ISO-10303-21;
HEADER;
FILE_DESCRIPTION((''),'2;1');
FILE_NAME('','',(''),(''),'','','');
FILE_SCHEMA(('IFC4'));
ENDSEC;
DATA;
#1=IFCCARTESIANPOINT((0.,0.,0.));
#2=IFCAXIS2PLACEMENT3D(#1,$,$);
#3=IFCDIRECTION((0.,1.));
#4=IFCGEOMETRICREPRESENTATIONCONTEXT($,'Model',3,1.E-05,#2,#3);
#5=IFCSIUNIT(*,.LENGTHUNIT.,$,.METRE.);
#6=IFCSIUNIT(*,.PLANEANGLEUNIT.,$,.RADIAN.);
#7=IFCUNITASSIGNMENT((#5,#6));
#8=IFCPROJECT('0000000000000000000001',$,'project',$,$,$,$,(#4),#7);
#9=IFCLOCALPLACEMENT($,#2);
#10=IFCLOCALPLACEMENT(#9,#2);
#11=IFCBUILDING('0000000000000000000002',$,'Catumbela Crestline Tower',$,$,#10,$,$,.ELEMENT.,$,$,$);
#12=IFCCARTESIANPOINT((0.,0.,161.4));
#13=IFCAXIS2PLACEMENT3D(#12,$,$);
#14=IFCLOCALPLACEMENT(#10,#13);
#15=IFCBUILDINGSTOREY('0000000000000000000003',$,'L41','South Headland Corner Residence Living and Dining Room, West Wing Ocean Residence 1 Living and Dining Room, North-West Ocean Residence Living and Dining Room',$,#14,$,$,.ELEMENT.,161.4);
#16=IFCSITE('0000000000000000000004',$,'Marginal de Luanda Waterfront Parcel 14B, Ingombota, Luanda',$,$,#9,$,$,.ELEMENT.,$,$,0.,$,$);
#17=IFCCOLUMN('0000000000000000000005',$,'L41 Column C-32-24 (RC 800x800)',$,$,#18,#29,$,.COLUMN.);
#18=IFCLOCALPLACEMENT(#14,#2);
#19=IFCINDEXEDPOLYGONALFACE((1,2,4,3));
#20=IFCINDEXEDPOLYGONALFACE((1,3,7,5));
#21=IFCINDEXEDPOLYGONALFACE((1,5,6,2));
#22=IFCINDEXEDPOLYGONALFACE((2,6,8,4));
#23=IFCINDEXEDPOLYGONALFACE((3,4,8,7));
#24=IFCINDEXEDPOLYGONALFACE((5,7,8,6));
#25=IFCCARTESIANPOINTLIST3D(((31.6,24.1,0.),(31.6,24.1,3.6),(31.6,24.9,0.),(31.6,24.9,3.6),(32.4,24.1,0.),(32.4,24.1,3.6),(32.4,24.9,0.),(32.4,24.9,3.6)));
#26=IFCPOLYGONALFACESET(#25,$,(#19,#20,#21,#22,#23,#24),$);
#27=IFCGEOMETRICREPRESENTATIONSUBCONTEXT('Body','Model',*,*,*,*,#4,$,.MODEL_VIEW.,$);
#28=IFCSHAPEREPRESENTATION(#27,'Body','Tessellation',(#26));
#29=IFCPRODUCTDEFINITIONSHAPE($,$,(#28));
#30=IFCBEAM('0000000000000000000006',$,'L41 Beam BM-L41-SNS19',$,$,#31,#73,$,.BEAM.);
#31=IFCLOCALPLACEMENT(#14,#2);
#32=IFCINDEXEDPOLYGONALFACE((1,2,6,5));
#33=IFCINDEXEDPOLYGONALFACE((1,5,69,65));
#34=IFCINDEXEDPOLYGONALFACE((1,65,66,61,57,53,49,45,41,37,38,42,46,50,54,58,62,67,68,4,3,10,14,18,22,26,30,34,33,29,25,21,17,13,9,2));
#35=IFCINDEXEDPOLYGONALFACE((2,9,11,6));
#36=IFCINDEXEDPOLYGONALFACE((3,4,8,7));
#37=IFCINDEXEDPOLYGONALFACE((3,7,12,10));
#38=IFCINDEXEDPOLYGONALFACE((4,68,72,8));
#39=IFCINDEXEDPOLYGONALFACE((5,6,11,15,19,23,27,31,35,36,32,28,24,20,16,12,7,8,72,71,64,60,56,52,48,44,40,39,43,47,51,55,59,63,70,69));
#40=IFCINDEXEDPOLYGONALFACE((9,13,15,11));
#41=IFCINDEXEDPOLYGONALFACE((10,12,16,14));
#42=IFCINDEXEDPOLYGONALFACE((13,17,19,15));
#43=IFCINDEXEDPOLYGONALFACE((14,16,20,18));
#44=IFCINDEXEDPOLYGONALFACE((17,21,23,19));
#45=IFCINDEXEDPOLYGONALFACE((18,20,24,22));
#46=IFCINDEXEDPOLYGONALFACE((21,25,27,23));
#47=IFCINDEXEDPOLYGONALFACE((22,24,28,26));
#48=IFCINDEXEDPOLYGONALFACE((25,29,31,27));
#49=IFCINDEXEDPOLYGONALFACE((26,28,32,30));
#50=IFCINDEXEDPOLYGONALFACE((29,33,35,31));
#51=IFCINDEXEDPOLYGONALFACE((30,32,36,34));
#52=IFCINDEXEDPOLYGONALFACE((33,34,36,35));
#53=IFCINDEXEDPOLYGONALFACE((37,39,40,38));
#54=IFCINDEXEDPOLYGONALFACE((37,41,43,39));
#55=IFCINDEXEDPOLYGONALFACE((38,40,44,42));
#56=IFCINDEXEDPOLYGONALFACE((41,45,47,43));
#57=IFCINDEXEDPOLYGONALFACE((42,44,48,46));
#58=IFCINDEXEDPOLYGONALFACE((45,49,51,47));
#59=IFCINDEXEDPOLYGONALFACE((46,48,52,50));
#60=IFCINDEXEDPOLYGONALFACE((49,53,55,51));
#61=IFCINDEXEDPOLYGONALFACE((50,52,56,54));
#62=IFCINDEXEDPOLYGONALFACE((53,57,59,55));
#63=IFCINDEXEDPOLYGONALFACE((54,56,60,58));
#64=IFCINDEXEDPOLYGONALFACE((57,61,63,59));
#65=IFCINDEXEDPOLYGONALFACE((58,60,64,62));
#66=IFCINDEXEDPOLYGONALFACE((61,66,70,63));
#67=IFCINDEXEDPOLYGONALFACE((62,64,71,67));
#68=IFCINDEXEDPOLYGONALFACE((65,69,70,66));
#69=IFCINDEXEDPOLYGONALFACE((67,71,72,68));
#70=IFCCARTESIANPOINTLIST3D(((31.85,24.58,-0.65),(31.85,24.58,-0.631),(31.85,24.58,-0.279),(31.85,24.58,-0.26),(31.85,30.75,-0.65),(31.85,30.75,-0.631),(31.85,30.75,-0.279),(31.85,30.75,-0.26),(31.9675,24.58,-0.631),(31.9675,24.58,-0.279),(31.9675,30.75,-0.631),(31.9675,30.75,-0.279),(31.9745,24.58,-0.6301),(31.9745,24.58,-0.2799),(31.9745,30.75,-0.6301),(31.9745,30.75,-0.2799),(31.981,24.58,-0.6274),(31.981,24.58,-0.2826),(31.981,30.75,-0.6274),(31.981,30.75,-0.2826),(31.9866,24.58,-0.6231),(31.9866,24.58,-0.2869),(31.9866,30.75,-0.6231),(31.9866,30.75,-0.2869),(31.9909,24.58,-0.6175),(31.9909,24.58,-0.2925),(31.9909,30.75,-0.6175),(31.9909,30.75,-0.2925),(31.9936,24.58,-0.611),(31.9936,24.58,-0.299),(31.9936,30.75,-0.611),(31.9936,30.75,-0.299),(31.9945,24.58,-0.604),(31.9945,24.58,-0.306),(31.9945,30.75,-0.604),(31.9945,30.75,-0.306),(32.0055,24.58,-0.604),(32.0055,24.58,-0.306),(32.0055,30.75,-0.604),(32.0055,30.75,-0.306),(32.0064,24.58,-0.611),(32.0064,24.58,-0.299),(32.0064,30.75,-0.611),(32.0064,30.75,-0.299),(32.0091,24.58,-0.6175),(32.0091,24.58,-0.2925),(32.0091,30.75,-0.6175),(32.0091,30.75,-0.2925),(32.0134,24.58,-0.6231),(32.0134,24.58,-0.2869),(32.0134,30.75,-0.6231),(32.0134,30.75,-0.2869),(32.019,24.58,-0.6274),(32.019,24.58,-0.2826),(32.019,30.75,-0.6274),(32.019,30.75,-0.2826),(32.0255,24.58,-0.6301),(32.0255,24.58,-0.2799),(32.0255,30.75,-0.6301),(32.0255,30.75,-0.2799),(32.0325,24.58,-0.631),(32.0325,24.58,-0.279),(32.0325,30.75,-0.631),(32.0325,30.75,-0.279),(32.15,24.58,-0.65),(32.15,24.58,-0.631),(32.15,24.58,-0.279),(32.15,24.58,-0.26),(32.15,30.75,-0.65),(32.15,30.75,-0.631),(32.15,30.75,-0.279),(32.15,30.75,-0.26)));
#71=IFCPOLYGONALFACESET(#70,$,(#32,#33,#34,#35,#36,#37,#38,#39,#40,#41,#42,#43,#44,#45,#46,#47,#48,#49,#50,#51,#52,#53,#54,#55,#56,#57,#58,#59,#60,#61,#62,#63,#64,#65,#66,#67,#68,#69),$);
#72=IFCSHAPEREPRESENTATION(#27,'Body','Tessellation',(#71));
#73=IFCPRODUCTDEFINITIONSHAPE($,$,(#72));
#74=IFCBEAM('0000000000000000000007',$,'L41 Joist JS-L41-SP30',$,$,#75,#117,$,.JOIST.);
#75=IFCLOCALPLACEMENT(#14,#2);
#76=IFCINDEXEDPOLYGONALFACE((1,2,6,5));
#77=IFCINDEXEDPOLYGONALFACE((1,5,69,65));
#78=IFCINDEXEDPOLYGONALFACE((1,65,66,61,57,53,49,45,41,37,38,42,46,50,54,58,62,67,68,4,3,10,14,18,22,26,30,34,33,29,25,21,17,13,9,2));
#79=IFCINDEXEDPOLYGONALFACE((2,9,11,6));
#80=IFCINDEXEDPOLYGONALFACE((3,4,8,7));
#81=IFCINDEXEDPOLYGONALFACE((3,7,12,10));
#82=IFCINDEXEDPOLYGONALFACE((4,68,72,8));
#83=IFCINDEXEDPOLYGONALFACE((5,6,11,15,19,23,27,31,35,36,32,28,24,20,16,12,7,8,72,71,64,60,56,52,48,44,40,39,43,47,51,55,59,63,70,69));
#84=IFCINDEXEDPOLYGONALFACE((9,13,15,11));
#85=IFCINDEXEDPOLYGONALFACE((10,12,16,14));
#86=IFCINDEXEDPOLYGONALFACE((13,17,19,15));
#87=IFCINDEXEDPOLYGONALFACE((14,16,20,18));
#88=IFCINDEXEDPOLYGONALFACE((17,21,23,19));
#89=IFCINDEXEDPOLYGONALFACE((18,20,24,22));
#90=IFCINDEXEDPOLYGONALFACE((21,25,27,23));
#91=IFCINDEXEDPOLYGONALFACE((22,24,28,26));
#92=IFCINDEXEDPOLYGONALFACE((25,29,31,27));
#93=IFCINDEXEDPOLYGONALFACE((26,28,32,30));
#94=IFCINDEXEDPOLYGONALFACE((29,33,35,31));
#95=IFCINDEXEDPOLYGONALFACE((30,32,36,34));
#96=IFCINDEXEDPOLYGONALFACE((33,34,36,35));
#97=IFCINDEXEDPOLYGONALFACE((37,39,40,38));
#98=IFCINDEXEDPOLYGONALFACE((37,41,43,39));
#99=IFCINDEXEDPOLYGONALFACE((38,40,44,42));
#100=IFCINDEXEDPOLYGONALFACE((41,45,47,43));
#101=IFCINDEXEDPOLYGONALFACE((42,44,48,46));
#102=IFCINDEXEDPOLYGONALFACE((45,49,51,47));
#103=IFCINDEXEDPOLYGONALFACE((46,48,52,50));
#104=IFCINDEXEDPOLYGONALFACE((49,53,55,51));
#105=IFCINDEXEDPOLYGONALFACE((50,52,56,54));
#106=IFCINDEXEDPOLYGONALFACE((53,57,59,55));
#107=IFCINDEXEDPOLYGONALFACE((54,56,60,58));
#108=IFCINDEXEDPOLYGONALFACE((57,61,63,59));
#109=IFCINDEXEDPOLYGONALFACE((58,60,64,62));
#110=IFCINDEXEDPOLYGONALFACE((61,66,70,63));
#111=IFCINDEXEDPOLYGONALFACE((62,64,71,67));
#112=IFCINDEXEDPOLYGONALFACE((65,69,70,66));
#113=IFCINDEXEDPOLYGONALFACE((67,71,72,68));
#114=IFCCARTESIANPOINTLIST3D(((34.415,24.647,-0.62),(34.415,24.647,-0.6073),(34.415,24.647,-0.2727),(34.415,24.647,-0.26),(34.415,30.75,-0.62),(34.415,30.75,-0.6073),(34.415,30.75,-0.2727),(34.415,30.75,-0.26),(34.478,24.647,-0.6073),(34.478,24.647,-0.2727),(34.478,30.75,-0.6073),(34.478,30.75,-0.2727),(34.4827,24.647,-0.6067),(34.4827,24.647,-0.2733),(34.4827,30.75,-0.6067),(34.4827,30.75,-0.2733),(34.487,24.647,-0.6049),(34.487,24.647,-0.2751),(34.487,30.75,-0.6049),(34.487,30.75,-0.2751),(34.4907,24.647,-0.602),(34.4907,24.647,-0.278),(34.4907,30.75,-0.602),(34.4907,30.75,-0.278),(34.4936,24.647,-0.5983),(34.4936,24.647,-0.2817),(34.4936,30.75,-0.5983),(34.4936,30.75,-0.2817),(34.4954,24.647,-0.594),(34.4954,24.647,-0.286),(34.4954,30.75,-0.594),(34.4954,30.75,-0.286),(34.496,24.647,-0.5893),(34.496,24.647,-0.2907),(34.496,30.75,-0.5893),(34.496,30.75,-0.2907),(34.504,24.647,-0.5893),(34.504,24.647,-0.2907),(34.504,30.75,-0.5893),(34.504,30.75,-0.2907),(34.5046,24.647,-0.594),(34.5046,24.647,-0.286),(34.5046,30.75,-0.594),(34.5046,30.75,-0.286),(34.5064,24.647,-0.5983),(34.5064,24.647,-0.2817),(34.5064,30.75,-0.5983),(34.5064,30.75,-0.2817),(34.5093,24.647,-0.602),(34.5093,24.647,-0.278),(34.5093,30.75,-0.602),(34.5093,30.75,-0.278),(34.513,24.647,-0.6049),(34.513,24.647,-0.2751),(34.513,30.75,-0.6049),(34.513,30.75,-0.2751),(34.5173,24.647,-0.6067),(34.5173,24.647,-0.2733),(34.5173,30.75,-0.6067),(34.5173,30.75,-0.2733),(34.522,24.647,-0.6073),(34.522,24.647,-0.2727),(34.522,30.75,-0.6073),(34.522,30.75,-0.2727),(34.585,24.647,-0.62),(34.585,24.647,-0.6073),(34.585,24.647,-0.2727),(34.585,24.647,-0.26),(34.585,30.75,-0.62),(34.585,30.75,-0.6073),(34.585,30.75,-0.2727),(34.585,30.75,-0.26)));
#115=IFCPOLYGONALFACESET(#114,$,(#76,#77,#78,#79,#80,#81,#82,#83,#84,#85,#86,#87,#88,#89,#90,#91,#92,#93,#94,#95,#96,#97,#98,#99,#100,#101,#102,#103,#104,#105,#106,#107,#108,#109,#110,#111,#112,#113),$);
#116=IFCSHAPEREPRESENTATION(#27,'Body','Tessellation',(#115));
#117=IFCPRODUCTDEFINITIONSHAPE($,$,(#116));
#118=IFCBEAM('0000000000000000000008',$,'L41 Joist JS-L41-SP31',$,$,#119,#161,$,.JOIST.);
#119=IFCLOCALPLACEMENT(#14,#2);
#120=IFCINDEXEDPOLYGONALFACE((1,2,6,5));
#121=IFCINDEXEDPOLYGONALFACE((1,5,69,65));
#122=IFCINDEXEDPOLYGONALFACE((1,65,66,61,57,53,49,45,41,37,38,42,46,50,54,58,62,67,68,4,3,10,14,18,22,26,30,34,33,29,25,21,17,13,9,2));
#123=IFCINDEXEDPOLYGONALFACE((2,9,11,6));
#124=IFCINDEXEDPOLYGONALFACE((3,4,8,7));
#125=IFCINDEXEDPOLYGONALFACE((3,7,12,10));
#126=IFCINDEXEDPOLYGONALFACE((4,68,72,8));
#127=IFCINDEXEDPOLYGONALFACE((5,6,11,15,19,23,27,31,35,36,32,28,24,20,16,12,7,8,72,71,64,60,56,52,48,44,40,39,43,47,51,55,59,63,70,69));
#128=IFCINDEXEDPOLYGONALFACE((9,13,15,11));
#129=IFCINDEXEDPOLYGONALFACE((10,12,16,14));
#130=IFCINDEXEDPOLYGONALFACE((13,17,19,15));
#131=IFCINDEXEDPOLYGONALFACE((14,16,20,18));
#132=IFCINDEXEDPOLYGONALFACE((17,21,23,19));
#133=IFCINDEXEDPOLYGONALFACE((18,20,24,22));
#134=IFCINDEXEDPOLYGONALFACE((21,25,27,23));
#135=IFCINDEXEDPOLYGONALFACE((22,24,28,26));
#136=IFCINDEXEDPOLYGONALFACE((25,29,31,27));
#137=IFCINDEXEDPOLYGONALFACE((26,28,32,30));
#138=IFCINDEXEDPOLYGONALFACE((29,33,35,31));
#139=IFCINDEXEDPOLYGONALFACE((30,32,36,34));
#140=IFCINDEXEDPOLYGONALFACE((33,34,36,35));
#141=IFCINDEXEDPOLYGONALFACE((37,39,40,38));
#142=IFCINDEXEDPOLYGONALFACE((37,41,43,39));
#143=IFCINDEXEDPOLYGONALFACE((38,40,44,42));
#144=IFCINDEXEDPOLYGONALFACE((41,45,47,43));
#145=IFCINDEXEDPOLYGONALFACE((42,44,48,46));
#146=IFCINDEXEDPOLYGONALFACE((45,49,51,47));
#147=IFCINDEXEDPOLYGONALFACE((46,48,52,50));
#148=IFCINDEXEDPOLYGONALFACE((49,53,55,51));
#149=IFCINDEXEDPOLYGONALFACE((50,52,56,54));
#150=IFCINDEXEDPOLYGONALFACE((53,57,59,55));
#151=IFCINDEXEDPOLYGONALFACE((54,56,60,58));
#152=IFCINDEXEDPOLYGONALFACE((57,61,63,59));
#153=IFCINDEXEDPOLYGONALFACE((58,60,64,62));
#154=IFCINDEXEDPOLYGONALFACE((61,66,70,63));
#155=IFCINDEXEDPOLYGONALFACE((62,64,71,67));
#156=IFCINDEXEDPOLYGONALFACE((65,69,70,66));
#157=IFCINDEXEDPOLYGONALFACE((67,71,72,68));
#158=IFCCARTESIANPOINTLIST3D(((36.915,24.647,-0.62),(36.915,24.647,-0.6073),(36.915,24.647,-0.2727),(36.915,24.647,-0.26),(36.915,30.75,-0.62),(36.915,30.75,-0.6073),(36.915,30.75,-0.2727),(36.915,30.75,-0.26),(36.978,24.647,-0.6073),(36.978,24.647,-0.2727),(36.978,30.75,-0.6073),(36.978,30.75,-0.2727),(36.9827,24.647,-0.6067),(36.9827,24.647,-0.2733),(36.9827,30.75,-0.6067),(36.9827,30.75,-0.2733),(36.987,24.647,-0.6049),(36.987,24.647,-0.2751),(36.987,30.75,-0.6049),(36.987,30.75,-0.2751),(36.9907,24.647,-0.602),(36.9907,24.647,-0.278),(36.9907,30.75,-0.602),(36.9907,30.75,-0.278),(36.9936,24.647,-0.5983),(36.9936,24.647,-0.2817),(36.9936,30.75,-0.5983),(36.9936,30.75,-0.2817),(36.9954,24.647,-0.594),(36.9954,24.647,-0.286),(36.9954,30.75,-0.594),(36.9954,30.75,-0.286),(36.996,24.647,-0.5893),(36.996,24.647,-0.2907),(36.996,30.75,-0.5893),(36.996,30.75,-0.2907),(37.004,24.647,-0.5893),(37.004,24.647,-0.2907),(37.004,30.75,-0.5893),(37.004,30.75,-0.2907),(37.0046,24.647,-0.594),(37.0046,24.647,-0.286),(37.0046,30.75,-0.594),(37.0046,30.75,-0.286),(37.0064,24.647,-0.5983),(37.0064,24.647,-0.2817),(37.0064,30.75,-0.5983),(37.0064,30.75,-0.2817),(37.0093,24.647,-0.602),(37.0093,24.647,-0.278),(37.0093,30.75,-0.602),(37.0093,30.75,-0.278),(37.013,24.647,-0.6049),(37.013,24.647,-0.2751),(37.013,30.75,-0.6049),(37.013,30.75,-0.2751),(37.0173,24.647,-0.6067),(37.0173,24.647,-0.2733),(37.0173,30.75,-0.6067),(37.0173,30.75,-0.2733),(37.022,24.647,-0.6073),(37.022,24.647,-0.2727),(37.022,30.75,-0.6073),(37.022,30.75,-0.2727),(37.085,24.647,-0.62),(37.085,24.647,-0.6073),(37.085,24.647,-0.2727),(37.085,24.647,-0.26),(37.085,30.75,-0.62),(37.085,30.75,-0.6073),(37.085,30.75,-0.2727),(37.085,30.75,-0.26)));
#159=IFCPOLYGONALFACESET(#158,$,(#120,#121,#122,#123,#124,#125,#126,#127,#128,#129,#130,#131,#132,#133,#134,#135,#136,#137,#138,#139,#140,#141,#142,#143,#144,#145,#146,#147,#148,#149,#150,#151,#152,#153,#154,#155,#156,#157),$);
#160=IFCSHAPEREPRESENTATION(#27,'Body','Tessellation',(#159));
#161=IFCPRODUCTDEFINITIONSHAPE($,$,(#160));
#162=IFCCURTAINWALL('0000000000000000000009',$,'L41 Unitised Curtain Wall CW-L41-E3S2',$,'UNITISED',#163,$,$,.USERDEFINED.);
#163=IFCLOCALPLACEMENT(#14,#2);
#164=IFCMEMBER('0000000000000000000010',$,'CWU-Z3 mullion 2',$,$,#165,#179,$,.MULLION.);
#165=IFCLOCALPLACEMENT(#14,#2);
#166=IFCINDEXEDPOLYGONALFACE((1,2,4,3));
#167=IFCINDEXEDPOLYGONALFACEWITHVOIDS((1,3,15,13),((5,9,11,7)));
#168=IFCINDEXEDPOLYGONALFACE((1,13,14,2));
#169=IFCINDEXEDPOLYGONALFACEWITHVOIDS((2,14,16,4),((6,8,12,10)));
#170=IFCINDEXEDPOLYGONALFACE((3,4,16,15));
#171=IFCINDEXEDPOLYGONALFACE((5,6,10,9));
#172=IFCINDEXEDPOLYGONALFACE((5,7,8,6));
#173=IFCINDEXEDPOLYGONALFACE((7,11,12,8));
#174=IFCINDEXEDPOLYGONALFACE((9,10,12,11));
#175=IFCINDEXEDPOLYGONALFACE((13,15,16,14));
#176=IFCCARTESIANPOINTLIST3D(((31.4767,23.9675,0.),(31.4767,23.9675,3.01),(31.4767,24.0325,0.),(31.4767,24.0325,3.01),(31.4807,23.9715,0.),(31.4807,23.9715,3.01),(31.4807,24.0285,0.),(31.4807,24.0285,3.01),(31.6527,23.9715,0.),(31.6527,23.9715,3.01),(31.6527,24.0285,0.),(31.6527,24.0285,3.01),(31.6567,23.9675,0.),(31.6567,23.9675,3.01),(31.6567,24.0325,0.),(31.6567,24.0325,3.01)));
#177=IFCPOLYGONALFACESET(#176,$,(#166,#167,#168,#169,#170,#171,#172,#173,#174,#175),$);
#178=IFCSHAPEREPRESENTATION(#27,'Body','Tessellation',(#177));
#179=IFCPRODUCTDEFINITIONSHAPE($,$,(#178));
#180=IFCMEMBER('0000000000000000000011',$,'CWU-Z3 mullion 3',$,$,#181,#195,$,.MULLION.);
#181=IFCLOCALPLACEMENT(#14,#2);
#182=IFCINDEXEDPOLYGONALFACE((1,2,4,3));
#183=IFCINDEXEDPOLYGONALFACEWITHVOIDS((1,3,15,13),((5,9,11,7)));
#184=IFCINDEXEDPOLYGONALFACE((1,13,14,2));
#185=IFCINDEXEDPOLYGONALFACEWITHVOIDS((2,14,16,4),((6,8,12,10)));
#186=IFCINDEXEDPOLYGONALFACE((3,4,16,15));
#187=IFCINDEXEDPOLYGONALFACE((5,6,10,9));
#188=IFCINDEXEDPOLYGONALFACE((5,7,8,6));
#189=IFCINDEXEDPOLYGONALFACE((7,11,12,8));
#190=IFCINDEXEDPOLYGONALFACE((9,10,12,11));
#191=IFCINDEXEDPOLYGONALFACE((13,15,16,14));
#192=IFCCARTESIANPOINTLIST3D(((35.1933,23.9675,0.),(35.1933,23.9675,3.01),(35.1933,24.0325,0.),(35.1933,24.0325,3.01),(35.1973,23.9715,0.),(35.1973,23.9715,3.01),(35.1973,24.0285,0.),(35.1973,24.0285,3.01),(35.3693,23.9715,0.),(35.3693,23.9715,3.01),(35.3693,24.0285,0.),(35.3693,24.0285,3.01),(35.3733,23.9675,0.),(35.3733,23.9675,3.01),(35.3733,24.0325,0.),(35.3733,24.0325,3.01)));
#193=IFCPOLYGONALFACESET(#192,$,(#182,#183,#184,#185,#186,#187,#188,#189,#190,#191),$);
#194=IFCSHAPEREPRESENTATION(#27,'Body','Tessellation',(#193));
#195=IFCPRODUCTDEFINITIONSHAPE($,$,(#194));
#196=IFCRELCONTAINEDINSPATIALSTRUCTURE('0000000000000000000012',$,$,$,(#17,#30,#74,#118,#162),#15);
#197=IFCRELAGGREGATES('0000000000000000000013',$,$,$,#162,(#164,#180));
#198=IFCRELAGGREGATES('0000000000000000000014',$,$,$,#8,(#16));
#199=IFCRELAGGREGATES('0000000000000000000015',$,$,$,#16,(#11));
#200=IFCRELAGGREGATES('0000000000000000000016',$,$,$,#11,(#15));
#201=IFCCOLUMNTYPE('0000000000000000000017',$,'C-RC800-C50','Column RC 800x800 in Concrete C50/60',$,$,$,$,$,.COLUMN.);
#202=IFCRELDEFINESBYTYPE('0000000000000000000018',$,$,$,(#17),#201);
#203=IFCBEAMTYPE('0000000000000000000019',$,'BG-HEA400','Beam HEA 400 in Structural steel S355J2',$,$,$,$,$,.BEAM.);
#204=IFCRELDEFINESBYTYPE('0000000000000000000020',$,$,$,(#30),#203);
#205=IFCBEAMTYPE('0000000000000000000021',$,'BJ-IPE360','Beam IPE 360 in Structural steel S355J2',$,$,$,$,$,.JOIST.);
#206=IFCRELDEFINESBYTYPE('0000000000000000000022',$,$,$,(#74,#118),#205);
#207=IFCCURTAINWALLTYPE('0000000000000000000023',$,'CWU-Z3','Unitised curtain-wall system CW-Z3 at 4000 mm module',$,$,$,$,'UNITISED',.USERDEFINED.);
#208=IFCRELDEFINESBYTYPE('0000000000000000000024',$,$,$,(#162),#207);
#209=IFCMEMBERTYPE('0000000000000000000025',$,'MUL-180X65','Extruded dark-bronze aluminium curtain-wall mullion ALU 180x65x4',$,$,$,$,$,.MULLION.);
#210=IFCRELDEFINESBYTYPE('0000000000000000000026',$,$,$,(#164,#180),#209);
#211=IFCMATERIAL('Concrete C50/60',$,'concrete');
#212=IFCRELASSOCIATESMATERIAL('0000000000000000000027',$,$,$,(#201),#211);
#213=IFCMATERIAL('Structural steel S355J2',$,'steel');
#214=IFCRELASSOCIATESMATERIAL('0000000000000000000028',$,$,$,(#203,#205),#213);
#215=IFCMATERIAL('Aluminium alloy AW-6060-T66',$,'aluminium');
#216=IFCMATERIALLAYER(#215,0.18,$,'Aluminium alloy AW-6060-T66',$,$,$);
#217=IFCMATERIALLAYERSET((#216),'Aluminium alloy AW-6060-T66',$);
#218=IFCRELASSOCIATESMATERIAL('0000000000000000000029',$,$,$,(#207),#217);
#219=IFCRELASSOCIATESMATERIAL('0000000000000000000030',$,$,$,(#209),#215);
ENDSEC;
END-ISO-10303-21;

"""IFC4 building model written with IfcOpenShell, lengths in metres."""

from ifc_helpers import new_model, si_unit, direction, frame, origin, origin_2d, place, context, subcontext, project, spatial, rectangle, hollow_rectangle, i_section, extrude, material, layer, layer_set, material_profile, profile_set, type_object, element, aggregate, save


model = new_model("IFC4")

# Units and contexts
model_context = context("Model", 3, precision=1e-05, world=origin(), true_north=direction((0.0, 1.0)))
body_context = subcontext(model_context, "Body", "Model", "MODEL_VIEW")
ifc_project = project(units=[si_unit("LENGTHUNIT", "METRE"), si_unit("PLANEANGLEUNIT", "RADIAN")], contexts=[model_context])

# Site, building, storey
site_placement = place(None, origin())
site = spatial("IfcSite", under=ifc_project, at=site_placement, Name="Marginal de Luanda Waterfront Parcel 14B, Ingombota, Luanda", CompositionType="ELEMENT", RefElevation=0.0)
building_placement = place(site_placement, origin())
building = spatial("IfcBuilding", under=site, at=building_placement, Name="Catumbela Crestline Tower", CompositionType="ELEMENT")
storey_placement = place(building_placement, frame((0.0, 0.0, 161.4)))
storey = spatial("IfcBuildingStorey", under=building, at=storey_placement, Name="L41", Description="South Headland Corner Residence Living and Dining Room, West Wing Ocean Residence 1 Living and Dining Room, North-West Ocean Residence Living and Dining Room", CompositionType="ELEMENT", Elevation=161.4)

# Column
ifc_material_1 = material(Name="Concrete C50/60", Category="concrete")
ifc_material_profile_1 = material_profile(ifc_material_1, rectangle(XDim=0.8, YDim=0.8, at=origin_2d()), Name="RC 800x800")
ifc_profile_set_1 = profile_set([ifc_material_profile_1], Name="Concrete C50/60")
column_type = type_object("IfcColumnType", Name="C-RC800-C50", Description="Column RC 800x800 in Concrete C50/60", PredefinedType="COLUMN", material=ifc_profile_set_1)
column_placement = place(storey_placement, frame((32.0, 24.5, 0.0), z_axis=(0.0, 0.0, 1.0), x_axis=(1.0, 0.0, 0.0)))
element("IfcColumn", 1, at=column_placement, inside=storey, type_object=column_type, Name="L41 Column C-32-24 (RC 800x800)", PredefinedType="COLUMN", context=body_context, shape_type="SweptSolid", body=[
    extrude(rectangle(XDim=0.8, YDim=0.8, at=origin_2d()), origin(), (0.0, 0.0, 1.0), 3.6),
])

# Beams
ifc_material_2 = material(Name="Structural steel S355J2", Category="steel")
ifc_material_profile_2 = material_profile(ifc_material_2, i_section(OverallWidth=0.3, OverallDepth=0.39, WebThickness=0.011, FlangeThickness=0.019, FilletRadius=0.027, at=origin_2d()), Name="HEA 400")
ifc_profile_set_2 = profile_set([ifc_material_profile_2], Name="Structural steel S355J2")
beam_type_1 = type_object("IfcBeamType", Name="BG-HEA400", Description="Beam HEA 400 in Structural steel S355J2", PredefinedType="BEAM", material=ifc_profile_set_2)
beam_1_placement = place(storey_placement, frame((32.0, 24.58, -0.455), z_axis=(0.0, 1.0, 0.0), x_axis=(-1.0, 0.0, 0.0)))
element("IfcBeam", 2, at=beam_1_placement, inside=storey, type_object=beam_type_1, Name="L41 Beam BM-L41-SNS19", PredefinedType="BEAM", context=body_context, shape_type="SweptSolid", body=[
    extrude(i_section(OverallWidth=0.3, OverallDepth=0.39, WebThickness=0.011, FlangeThickness=0.019, FilletRadius=0.027, at=origin_2d()), origin(), (0.0, 0.0, 1.0), 6.17),
])
ifc_material_profile_3 = material_profile(ifc_material_2, i_section(OverallWidth=0.17, OverallDepth=0.36, WebThickness=0.008, FlangeThickness=0.0127, FilletRadius=0.018, at=origin_2d()), Name="IPE 360")
ifc_profile_set_3 = profile_set([ifc_material_profile_3], Name="Structural steel S355J2")
beam_type_2 = type_object("IfcBeamType", Name="BJ-IPE360", Description="Beam IPE 360 in Structural steel S355J2", PredefinedType="JOIST", material=ifc_profile_set_3)
for number, where, z_axis, x_axis, name in (
    (3, (34.5, 24.647, -0.44), (0.0, 1.0, 0.0), (-1.0, 0.0, 0.0), "L41 Joist JS-L41-SP30"),
    (4, (37.0, 24.647, -0.44), (0.0, 1.0, 0.0), (-1.0, 0.0, 0.0), "L41 Joist JS-L41-SP31"),
):
    element("IfcBeam", number, at=place(storey_placement, frame(where, z_axis=z_axis, x_axis=x_axis)), inside=storey, type_object=beam_type_2, Name=name, PredefinedType="JOIST", context=body_context, shape_type="SweptSolid", body=[
        extrude(i_section(OverallWidth=0.17, OverallDepth=0.36, WebThickness=0.008, FlangeThickness=0.0127, FilletRadius=0.018, at=origin_2d()), origin(), (0.0, 0.0, 1.0), 6.103),
    ])

# Curtain wall, members
ifc_material_3 = material(Name="Aluminium alloy AW-6060-T66", Category="aluminium")
ifc_layer_1 = layer(ifc_material_3, 0.18, Name="Aluminium alloy AW-6060-T66")
ifc_layer_set_1 = layer_set([ifc_layer_1], Name="Aluminium alloy AW-6060-T66")
curtain_wall_type = type_object("IfcCurtainWallType", Name="CWU-Z3", Description="Unitised curtain-wall system CW-Z3 at 4000 mm module", ElementType="UNITISED", PredefinedType="USERDEFINED", material=ifc_layer_set_1)
curtain_wall_placement = place(storey_placement, origin())
curtain_wall = element("IfcCurtainWall", 5, at=curtain_wall_placement, inside=storey, type_object=curtain_wall_type, Name="L41 Unitised Curtain Wall CW-L41-E3S2", ObjectType="UNITISED", PredefinedType="USERDEFINED")
ifc_material_profile_4 = material_profile(ifc_material_3, hollow_rectangle(XDim=0.065, YDim=0.18, WallThickness=0.004, at=origin_2d()), Name="ALU 180x65x4")
ifc_profile_set_4 = profile_set([ifc_material_profile_4], Name="Aluminium alloy AW-6060-T66")
member_type_1 = type_object("IfcMemberType", Name="MUL-180X65", Description="Extruded dark-bronze aluminium curtain-wall mullion ALU 180x65x4", PredefinedType="MULLION", material=ifc_profile_set_4)
member_1_placement = place(storey_placement, frame((31.5667, 24.0, 0.0), z_axis=(0.0, 0.0, 1.0), x_axis=(0.0, 1.0, 0.0)))
member_1 = element("IfcMember", 6, at=member_1_placement, type_object=member_type_1, Name="CWU-Z3 mullion 2", PredefinedType="MULLION", context=body_context, shape_type="SweptSolid", body=[
    extrude(hollow_rectangle(XDim=0.065, YDim=0.18, WallThickness=0.004, at=origin_2d()), origin(), (0.0, 0.0, 1.0), 3.01),
])
member_2_placement = place(storey_placement, frame((35.2833, 24.0, 0.0), z_axis=(0.0, 0.0, 1.0), x_axis=(0.0, 1.0, 0.0)))
member_2 = element("IfcMember", 7, at=member_2_placement, type_object=member_type_1, Name="CWU-Z3 mullion 3", PredefinedType="MULLION", context=body_context, shape_type="SweptSolid", body=[
    extrude(hollow_rectangle(XDim=0.065, YDim=0.18, WallThickness=0.004, at=origin_2d()), origin(), (0.0, 0.0, 1.0), 3.01),
])

aggregate(curtain_wall, [member_1, member_2])

save(model, "model.ifc")
